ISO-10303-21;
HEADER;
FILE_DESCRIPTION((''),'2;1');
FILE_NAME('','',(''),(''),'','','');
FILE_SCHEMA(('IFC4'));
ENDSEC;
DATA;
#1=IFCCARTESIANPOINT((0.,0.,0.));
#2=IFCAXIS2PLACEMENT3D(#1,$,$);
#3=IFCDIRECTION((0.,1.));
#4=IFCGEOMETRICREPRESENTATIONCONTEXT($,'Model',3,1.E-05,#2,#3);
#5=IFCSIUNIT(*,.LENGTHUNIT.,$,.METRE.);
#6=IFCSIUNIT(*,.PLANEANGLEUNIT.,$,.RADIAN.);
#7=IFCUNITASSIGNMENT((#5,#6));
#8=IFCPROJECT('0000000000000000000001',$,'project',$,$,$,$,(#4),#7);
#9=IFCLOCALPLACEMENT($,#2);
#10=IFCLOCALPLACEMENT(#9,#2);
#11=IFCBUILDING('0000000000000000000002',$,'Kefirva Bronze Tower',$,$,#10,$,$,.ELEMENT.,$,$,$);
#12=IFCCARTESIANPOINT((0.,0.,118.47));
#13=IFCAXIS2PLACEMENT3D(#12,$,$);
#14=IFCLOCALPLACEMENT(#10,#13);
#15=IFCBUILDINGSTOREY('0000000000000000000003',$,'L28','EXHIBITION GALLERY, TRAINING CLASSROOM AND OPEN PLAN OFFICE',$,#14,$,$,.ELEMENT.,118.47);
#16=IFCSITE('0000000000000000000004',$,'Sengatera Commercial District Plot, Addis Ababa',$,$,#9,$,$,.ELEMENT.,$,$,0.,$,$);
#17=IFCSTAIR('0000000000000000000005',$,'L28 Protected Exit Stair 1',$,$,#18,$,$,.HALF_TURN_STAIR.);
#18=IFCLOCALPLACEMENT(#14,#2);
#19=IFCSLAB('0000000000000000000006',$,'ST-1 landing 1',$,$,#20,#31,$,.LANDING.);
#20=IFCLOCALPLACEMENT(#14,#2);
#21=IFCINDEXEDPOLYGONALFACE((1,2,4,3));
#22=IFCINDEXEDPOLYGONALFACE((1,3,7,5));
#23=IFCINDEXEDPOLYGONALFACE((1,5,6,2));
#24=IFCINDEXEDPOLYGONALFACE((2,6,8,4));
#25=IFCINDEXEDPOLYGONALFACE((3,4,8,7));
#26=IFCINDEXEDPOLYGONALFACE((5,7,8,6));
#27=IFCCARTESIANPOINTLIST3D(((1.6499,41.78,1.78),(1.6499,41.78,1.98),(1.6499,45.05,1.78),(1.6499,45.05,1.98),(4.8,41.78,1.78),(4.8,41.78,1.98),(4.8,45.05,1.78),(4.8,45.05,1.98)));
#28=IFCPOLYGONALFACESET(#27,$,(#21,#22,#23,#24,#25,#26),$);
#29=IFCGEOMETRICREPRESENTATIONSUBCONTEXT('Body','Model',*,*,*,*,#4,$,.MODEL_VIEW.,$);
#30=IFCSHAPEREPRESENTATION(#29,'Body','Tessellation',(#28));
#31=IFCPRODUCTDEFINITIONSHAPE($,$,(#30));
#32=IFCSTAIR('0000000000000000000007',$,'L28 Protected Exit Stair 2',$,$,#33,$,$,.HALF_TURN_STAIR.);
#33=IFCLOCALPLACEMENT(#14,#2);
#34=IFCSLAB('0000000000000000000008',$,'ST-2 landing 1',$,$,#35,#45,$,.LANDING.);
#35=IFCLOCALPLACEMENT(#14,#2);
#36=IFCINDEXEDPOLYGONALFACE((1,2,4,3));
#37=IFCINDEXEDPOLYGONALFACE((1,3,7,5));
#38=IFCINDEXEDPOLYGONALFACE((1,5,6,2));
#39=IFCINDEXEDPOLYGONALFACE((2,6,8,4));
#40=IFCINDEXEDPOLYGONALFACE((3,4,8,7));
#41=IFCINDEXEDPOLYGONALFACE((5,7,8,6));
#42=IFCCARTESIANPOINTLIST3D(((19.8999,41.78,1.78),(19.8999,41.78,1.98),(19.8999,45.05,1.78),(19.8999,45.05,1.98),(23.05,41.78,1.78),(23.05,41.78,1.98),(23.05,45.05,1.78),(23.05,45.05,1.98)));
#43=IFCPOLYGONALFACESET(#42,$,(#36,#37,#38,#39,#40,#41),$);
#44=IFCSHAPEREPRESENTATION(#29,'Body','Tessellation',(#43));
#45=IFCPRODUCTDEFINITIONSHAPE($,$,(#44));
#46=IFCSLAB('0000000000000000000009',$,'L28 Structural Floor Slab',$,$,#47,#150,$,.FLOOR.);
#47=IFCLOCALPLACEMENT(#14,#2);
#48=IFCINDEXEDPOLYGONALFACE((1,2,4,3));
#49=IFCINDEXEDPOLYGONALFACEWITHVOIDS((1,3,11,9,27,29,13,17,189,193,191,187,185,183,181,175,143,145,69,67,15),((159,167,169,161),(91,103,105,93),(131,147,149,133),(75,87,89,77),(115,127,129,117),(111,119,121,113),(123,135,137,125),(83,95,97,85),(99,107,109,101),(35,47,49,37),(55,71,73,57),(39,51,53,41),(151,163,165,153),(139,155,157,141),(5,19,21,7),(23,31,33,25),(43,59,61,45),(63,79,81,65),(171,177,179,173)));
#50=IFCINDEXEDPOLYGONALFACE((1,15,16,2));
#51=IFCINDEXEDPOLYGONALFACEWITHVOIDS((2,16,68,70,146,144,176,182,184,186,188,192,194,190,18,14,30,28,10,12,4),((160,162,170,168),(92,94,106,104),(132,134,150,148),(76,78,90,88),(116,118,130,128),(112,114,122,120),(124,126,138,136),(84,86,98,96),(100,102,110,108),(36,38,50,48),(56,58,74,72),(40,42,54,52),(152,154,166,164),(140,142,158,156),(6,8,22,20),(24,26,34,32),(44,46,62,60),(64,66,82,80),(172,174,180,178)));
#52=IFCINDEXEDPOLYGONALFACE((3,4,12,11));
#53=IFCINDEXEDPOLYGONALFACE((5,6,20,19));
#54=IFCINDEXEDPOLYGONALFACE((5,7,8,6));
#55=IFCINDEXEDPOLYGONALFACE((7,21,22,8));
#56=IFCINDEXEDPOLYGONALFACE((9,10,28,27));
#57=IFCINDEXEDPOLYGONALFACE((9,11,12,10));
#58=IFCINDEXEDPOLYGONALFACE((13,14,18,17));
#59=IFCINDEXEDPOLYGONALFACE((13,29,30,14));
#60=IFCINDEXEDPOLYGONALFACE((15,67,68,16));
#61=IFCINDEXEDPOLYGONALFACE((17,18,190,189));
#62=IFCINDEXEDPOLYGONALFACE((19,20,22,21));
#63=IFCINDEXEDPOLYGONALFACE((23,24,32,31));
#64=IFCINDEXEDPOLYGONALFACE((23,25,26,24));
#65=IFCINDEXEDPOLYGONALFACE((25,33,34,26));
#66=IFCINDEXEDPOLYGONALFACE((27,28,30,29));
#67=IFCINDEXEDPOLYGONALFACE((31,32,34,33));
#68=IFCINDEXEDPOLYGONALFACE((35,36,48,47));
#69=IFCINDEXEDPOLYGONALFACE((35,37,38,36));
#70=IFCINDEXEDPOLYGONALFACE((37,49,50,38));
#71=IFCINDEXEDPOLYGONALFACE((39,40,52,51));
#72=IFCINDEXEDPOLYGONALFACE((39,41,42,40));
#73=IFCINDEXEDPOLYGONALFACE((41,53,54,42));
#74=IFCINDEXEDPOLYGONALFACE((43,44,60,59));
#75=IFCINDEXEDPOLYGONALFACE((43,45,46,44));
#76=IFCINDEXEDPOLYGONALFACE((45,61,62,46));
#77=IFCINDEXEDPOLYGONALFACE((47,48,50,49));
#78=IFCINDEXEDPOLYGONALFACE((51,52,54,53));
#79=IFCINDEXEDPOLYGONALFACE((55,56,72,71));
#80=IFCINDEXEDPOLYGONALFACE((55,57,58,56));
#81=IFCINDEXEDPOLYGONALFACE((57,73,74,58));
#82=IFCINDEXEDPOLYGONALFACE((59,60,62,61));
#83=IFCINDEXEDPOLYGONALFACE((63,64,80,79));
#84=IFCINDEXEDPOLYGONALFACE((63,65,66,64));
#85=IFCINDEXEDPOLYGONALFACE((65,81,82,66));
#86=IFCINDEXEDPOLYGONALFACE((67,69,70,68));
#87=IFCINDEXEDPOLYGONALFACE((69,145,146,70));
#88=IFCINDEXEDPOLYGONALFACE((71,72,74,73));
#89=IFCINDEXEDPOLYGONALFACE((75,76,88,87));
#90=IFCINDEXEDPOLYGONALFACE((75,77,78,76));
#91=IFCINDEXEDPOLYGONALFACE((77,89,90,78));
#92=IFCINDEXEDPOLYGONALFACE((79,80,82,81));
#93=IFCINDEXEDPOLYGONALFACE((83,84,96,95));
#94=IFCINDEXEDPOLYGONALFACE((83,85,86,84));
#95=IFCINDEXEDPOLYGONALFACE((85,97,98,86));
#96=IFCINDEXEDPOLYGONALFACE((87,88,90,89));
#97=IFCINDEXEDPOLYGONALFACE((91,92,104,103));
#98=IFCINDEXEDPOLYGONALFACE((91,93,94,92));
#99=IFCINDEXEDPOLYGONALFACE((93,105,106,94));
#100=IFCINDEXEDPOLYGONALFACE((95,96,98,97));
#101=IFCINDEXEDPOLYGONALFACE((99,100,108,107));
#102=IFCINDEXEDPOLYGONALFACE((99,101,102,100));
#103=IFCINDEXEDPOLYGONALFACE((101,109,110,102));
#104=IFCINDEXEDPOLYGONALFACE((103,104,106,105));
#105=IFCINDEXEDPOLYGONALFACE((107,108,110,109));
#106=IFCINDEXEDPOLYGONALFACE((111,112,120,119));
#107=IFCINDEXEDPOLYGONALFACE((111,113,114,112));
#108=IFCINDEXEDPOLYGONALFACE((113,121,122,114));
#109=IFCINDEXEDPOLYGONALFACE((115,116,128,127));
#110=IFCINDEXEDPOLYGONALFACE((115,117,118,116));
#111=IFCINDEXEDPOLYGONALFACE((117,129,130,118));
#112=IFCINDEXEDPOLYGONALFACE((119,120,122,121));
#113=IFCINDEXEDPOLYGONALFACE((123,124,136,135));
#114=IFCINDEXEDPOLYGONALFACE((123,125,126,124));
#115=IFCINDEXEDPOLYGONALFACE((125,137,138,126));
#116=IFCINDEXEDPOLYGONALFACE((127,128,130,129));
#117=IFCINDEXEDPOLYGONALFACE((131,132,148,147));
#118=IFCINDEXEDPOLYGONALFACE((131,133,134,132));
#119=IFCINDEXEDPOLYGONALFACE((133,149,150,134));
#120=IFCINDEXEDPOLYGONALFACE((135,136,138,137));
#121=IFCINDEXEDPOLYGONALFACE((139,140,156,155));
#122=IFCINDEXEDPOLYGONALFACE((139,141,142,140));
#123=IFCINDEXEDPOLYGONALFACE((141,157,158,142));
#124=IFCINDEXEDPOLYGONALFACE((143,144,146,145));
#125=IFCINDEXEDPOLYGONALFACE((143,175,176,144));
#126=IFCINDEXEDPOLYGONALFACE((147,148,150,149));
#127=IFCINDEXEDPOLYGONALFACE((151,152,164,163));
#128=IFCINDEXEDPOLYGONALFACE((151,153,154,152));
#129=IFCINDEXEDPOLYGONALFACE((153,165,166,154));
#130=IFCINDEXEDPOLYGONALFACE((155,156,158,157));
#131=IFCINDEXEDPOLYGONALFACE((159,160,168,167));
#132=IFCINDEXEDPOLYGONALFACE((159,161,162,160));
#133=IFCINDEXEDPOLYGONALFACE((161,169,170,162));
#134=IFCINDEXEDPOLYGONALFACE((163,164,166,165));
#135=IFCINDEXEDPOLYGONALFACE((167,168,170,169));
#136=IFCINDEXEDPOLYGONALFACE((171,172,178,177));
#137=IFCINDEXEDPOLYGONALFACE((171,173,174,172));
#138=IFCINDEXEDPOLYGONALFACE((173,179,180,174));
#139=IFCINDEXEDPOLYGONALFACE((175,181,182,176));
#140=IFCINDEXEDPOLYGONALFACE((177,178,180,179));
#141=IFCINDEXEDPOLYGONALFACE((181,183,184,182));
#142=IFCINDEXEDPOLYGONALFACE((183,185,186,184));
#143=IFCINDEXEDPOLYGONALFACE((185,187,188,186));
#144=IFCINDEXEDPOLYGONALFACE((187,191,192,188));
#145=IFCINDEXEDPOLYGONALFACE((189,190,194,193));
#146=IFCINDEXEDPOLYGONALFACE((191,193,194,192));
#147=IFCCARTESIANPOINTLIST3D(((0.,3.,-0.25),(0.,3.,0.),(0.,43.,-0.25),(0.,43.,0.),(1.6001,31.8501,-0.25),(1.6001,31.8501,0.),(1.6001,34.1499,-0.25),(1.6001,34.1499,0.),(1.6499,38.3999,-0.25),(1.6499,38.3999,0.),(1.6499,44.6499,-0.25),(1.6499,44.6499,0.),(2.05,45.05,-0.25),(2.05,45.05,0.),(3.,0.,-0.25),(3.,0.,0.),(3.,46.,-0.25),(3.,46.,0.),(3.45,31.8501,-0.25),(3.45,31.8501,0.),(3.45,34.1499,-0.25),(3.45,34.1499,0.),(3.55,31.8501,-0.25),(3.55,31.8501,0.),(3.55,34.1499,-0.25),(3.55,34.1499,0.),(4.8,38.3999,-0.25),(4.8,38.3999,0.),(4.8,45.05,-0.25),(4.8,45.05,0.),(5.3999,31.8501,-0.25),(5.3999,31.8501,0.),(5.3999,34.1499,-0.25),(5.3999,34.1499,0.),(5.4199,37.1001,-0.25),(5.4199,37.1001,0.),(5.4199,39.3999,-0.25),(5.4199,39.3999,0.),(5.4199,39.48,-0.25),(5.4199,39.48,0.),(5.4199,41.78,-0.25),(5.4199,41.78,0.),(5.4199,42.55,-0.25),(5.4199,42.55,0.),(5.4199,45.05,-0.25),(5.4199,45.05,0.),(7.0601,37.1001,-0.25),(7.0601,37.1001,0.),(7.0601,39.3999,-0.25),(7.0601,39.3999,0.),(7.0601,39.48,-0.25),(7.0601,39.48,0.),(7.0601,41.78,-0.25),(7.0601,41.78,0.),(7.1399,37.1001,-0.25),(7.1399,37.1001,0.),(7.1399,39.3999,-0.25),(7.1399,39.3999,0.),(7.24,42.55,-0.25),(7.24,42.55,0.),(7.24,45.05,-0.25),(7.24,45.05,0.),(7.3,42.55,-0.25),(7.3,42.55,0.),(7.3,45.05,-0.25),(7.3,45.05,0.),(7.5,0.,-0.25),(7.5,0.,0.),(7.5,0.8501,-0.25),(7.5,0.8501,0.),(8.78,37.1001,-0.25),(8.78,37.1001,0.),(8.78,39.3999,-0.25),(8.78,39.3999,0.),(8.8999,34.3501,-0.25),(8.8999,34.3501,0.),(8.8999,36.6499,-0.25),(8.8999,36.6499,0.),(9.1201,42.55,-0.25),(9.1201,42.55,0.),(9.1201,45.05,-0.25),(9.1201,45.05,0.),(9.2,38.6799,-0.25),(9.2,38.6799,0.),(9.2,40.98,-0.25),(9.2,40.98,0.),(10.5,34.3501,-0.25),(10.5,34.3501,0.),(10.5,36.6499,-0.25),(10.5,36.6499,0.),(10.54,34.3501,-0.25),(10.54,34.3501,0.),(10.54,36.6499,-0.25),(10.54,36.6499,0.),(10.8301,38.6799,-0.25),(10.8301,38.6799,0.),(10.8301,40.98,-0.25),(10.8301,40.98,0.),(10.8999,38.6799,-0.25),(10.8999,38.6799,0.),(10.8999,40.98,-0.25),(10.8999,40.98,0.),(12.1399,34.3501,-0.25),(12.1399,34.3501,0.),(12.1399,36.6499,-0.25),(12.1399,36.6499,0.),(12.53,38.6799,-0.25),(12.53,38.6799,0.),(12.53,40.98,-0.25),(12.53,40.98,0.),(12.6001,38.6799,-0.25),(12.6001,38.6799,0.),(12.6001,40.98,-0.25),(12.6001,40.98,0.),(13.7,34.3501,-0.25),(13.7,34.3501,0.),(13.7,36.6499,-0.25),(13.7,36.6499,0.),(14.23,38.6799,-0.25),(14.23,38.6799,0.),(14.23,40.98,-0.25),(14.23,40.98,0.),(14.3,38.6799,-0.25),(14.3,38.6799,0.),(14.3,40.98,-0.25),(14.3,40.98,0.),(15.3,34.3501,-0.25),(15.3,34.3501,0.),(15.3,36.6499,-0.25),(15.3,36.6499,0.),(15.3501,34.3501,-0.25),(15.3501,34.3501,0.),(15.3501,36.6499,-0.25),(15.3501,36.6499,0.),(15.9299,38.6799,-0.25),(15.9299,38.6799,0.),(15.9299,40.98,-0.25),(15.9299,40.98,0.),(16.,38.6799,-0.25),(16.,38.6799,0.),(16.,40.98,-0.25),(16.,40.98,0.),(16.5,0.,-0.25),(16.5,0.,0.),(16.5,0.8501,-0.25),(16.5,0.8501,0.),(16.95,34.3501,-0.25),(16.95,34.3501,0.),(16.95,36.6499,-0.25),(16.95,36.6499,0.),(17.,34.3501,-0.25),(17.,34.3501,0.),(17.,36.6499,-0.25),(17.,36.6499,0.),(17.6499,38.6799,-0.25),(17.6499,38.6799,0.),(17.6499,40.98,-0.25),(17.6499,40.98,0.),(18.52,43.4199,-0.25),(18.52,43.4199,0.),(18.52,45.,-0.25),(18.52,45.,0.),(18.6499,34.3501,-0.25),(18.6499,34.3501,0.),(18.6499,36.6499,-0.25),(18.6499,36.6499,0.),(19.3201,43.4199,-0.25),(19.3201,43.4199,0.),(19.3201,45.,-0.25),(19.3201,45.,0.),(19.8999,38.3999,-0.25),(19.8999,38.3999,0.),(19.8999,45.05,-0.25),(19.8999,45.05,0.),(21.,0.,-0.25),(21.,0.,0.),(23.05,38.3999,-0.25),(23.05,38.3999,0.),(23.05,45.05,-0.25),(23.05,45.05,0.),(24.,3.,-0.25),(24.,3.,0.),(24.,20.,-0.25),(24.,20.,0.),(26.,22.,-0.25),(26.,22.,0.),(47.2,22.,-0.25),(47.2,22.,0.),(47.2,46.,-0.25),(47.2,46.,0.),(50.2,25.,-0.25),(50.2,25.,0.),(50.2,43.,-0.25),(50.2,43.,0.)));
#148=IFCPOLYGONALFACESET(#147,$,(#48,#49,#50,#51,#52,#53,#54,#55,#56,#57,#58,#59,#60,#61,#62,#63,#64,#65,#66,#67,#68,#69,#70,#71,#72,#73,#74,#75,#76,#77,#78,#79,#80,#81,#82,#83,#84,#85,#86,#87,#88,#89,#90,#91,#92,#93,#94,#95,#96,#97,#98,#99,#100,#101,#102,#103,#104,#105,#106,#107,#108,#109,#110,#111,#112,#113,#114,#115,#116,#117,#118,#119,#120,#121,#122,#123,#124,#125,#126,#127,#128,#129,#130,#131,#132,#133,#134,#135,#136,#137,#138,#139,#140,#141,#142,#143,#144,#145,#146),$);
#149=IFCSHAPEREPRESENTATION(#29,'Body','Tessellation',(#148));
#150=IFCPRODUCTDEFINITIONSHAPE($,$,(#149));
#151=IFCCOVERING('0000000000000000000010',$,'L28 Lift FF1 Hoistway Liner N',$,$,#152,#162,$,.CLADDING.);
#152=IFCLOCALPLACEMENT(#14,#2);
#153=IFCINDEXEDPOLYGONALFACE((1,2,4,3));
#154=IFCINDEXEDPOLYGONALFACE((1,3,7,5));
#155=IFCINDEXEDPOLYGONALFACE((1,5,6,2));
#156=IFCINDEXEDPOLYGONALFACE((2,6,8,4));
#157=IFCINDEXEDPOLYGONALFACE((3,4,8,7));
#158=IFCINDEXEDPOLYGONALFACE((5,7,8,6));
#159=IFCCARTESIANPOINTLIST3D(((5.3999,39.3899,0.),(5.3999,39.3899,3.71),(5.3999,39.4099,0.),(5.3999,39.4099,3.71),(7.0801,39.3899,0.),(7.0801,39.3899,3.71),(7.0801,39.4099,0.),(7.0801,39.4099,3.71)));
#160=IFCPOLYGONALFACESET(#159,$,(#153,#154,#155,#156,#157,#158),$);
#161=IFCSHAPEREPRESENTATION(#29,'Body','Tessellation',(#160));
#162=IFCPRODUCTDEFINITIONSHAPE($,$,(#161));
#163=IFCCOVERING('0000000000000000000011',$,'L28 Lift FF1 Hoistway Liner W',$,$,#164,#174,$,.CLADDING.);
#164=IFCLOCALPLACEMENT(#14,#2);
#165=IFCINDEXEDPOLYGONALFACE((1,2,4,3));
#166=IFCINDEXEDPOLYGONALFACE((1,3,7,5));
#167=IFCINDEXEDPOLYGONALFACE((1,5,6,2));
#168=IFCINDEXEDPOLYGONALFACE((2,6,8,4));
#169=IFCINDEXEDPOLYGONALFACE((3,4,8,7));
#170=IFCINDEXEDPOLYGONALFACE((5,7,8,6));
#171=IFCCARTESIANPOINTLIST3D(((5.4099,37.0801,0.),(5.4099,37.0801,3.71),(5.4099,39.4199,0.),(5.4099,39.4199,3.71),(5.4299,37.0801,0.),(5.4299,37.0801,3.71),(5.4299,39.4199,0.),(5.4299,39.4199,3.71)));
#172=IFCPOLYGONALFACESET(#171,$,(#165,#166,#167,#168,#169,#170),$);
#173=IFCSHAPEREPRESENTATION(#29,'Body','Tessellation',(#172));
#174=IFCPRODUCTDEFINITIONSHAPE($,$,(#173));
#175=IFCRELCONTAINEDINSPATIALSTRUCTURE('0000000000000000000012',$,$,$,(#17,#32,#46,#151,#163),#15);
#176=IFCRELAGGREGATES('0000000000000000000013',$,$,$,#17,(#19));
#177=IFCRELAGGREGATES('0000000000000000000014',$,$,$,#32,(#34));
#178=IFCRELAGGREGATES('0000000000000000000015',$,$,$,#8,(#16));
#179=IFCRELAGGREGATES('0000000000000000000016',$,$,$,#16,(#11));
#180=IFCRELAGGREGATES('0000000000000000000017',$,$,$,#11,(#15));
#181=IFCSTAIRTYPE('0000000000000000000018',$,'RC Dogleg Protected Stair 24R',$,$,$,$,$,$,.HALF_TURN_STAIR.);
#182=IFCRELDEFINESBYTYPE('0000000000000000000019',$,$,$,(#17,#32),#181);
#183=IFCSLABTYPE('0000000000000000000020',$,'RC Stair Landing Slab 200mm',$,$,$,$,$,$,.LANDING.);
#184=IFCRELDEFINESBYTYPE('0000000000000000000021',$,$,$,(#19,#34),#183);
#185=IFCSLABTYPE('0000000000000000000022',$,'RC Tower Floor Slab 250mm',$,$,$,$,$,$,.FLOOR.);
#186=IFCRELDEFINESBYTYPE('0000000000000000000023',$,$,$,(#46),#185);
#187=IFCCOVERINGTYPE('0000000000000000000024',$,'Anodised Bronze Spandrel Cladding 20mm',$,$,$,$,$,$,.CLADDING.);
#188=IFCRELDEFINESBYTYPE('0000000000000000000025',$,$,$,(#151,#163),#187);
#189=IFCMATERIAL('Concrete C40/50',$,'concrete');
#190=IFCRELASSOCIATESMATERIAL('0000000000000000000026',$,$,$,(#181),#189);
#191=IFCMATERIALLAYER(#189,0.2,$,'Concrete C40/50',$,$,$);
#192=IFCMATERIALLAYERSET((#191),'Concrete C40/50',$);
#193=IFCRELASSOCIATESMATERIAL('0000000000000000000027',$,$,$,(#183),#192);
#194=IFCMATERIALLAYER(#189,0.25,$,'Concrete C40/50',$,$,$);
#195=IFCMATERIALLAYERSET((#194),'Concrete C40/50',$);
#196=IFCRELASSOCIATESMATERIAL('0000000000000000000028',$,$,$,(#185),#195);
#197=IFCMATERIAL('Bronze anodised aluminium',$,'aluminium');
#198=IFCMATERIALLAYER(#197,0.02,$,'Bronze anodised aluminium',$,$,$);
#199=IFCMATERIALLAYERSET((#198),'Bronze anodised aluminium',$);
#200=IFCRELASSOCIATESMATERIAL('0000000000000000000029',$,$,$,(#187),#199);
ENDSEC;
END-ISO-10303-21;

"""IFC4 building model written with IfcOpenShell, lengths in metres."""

from ifc_helpers import new_model, si_unit, direction, frame, origin, place, context, subcontext, project, spatial, polyline, outline, extrude, material, layer, layer_set, type_object, element, aggregate, save


model = new_model("IFC4")

# Units and contexts
model_context = context("Model", 3, precision=1e-05, world=origin(), true_north=direction((0.0, 1.0)))
body_context = subcontext(model_context, "Body", "Model", "MODEL_VIEW")
ifc_project = project(units=[si_unit("LENGTHUNIT", "METRE"), si_unit("PLANEANGLEUNIT", "RADIAN")], contexts=[model_context])

# Site, building, storey
site_placement = place(None, origin())
site = spatial("IfcSite", under=ifc_project, at=site_placement, Name="Sengatera Commercial District Plot, Addis Ababa", CompositionType="ELEMENT", RefElevation=0.0)
building_placement = place(site_placement, origin())
building = spatial("IfcBuilding", under=site, at=building_placement, Name="Kefirva Bronze Tower", CompositionType="ELEMENT")
storey_placement = place(building_placement, frame((0.0, 0.0, 118.47)))
storey = spatial("IfcBuildingStorey", under=building, at=storey_placement, Name="L28", Description="EXHIBITION GALLERY, TRAINING CLASSROOM AND OPEN PLAN OFFICE", CompositionType="ELEMENT", Elevation=118.47)

# Stairs, slabs
ifc_material_1 = material(Name="Concrete C40/50", Category="concrete")
stair_type = type_object("IfcStairType", Name="RC Dogleg Protected Stair 24R", PredefinedType="HALF_TURN_STAIR", material=ifc_material_1)
stair_1_placement = place(storey_placement, origin())
stair_1 = element("IfcStair", 1, at=stair_1_placement, inside=storey, type_object=stair_type, Name="L28 Protected Exit Stair 1", PredefinedType="HALF_TURN_STAIR")
ifc_layer_1 = layer(ifc_material_1, 0.2, Name="Concrete C40/50")
ifc_layer_set_1 = layer_set([ifc_layer_1], Name="Concrete C40/50")
slab_type_1 = type_object("IfcSlabType", Name="RC Stair Landing Slab 200mm", PredefinedType="LANDING", material=ifc_layer_set_1)
slab_1_placement = place(storey_placement, frame((0.0, 0.0, 1.78)))
slab_1 = element("IfcSlab", 2, at=slab_1_placement, type_object=slab_type_1, Name="ST-1 landing 1", PredefinedType="LANDING", context=body_context, shape_type="SweptSolid", body=[
    extrude(outline(polyline([(4.8, 41.78), (4.8, 45.05), (1.6499, 45.05), (1.6499, 41.78), (4.8, 41.78)])), origin(), (0.0, 0.0, 1.0), 0.2),
])
aggregate(stair_1, [slab_1])
stair_2_placement = place(storey_placement, origin())
stair_2 = element("IfcStair", 3, at=stair_2_placement, inside=storey, type_object=stair_type, Name="L28 Protected Exit Stair 2", PredefinedType="HALF_TURN_STAIR")
slab_2_placement = place(storey_placement, frame((0.0, 0.0, 1.78)))
slab_2 = element("IfcSlab", 4, at=slab_2_placement, type_object=slab_type_1, Name="ST-2 landing 1", PredefinedType="LANDING", context=body_context, shape_type="SweptSolid", body=[
    extrude(outline(polyline([(23.05, 41.78), (23.05, 45.05), (19.8999, 45.05), (19.8999, 41.78), (23.05, 41.78)])), origin(), (0.0, 0.0, 1.0), 0.2),
])
aggregate(stair_2, [slab_2])

# Slab
ifc_layer_2 = layer(ifc_material_1, 0.25, Name="Concrete C40/50")
ifc_layer_set_2 = layer_set([ifc_layer_2], Name="Concrete C40/50")
slab_type_2 = type_object("IfcSlabType", Name="RC Tower Floor Slab 250mm", PredefinedType="FLOOR", material=ifc_layer_set_2)
slab_3_placement = place(storey_placement, frame((0.0, 0.0, -0.25)))
element("IfcSlab", 5, at=slab_3_placement, inside=storey, type_object=slab_type_2, Name="L28 Structural Floor Slab", PredefinedType="FLOOR", context=body_context, shape_type="SweptSolid", body=[
    extrude(outline(polyline([(0.0, 3.0), (0.0, 43.0), (1.6499, 44.6499), (1.6499, 38.3999), (4.8, 38.3999), (4.8, 45.05), (2.05, 45.05), (3.0, 46.0), (47.2, 46.0), (50.2, 43.0), (50.2, 25.0), (47.2, 22.0), (26.0, 22.0), (24.0, 20.0), (24.0, 3.0), (21.0, 0.0), (16.5, 0.0), (16.5, 0.8501), (7.5, 0.8501), (7.5, 0.0), (3.0, 0.0), (0.0, 3.0)]), holes=[polyline([(19.8999, 38.3999), (23.05, 38.3999), (23.05, 45.05), (19.8999, 45.05), (19.8999, 38.3999)]), polyline([(18.52, 43.4199), (19.3201, 43.4199), (19.3201, 45.0), (18.52, 45.0), (18.52, 43.4199)]), polyline([(17.0, 34.3501), (18.6499, 34.3501), (18.6499, 36.6499), (17.0, 36.6499), (17.0, 34.3501)]), polyline([(17.6499, 38.6799), (17.6499, 40.98), (16.0, 40.98), (16.0, 38.6799), (17.6499, 38.6799)]), polyline([(16.95, 34.3501), (16.95, 36.6499), (15.3501, 36.6499), (15.3501, 34.3501), (16.95, 34.3501)]), polyline([(15.9299, 38.6799), (15.9299, 40.98), (14.3, 40.98), (14.3, 38.6799), (15.9299, 38.6799)]), polyline([(15.3, 34.3501), (15.3, 36.6499), (13.7, 36.6499), (13.7, 34.3501), (15.3, 34.3501)]), polyline([(14.23, 38.6799), (14.23, 40.98), (12.6001, 40.98), (12.6001, 38.6799), (14.23, 38.6799)]), polyline([(10.8999, 38.6799), (12.53, 38.6799), (12.53, 40.98), (10.8999, 40.98), (10.8999, 38.6799)]), polyline([(12.1399, 34.3501), (12.1399, 36.6499), (10.54, 36.6499), (10.54, 34.3501), (12.1399, 34.3501)]), polyline([(10.8301, 38.6799), (10.8301, 40.98), (9.2, 40.98), (9.2, 38.6799), (10.8301, 38.6799)]), polyline([(10.5, 34.3501), (10.5, 36.6499), (8.8999, 36.6499), (8.8999, 34.3501), (10.5, 34.3501)]), polyline([(7.3, 42.55), (9.1201, 42.55), (9.1201, 45.05), (7.3, 45.05), (7.3, 42.55)]), polyline([(7.1399, 37.1001), (8.78, 37.1001), (8.78, 39.3999), (7.1399, 39.3999), (7.1399, 37.1001)]), polyline([(5.4199, 42.55), (7.24, 42.55), (7.24, 45.05), (5.4199, 45.05), (5.4199, 42.55)]), polyline([(7.0601, 39.48), (7.0601, 41.78), (5.4199, 41.78), (5.4199, 39.48), (7.0601, 39.48)]), polyline([(5.4199, 37.1001), (7.0601, 37.1001), (7.0601, 39.3999), (5.4199, 39.3999), (5.4199, 37.1001)]), polyline([(5.3999, 31.8501), (5.3999, 34.1499), (3.55, 34.1499), (3.55, 31.8501), (5.3999, 31.8501)]), polyline([(3.45, 31.8501), (3.45, 34.1499), (1.6001, 34.1499), (1.6001, 31.8501), (3.45, 31.8501)])]), origin(), (0.0, 0.0, 1.0), 0.25),
])

# Coverings
ifc_material_2 = material(Name="Bronze anodised aluminium", Category="aluminium")
ifc_layer_3 = layer(ifc_material_2, 0.02, Name="Bronze anodised aluminium")
ifc_layer_set_3 = layer_set([ifc_layer_3], Name="Bronze anodised aluminium")
covering_type = type_object("IfcCoveringType", Name="Anodised Bronze Spandrel Cladding 20mm", PredefinedType="CLADDING", material=ifc_layer_set_3)
covering_1_placement = place(storey_placement, origin())
element("IfcCovering", 6, at=covering_1_placement, inside=storey, type_object=covering_type, Name="L28 Lift FF1 Hoistway Liner N", PredefinedType="CLADDING", context=body_context, shape_type="SweptSolid", body=[
    extrude(outline(polyline([(5.3999, 39.3899), (7.0801, 39.3899), (7.0801, 39.4099), (5.3999, 39.4099), (5.3999, 39.3899)])), origin(), (0.0, 0.0, 1.0), 3.71),
])
covering_2_placement = place(storey_placement, origin())
element("IfcCovering", 7, at=covering_2_placement, inside=storey, type_object=covering_type, Name="L28 Lift FF1 Hoistway Liner W", PredefinedType="CLADDING", context=body_context, shape_type="SweptSolid", body=[
    extrude(outline(polyline([(5.4099, 37.0801), (5.4299, 37.0801), (5.4299, 39.4199), (5.4099, 39.4199), (5.4099, 37.0801)])), origin(), (0.0, 0.0, 1.0), 3.71),
])

save(model, "model.ifc")
